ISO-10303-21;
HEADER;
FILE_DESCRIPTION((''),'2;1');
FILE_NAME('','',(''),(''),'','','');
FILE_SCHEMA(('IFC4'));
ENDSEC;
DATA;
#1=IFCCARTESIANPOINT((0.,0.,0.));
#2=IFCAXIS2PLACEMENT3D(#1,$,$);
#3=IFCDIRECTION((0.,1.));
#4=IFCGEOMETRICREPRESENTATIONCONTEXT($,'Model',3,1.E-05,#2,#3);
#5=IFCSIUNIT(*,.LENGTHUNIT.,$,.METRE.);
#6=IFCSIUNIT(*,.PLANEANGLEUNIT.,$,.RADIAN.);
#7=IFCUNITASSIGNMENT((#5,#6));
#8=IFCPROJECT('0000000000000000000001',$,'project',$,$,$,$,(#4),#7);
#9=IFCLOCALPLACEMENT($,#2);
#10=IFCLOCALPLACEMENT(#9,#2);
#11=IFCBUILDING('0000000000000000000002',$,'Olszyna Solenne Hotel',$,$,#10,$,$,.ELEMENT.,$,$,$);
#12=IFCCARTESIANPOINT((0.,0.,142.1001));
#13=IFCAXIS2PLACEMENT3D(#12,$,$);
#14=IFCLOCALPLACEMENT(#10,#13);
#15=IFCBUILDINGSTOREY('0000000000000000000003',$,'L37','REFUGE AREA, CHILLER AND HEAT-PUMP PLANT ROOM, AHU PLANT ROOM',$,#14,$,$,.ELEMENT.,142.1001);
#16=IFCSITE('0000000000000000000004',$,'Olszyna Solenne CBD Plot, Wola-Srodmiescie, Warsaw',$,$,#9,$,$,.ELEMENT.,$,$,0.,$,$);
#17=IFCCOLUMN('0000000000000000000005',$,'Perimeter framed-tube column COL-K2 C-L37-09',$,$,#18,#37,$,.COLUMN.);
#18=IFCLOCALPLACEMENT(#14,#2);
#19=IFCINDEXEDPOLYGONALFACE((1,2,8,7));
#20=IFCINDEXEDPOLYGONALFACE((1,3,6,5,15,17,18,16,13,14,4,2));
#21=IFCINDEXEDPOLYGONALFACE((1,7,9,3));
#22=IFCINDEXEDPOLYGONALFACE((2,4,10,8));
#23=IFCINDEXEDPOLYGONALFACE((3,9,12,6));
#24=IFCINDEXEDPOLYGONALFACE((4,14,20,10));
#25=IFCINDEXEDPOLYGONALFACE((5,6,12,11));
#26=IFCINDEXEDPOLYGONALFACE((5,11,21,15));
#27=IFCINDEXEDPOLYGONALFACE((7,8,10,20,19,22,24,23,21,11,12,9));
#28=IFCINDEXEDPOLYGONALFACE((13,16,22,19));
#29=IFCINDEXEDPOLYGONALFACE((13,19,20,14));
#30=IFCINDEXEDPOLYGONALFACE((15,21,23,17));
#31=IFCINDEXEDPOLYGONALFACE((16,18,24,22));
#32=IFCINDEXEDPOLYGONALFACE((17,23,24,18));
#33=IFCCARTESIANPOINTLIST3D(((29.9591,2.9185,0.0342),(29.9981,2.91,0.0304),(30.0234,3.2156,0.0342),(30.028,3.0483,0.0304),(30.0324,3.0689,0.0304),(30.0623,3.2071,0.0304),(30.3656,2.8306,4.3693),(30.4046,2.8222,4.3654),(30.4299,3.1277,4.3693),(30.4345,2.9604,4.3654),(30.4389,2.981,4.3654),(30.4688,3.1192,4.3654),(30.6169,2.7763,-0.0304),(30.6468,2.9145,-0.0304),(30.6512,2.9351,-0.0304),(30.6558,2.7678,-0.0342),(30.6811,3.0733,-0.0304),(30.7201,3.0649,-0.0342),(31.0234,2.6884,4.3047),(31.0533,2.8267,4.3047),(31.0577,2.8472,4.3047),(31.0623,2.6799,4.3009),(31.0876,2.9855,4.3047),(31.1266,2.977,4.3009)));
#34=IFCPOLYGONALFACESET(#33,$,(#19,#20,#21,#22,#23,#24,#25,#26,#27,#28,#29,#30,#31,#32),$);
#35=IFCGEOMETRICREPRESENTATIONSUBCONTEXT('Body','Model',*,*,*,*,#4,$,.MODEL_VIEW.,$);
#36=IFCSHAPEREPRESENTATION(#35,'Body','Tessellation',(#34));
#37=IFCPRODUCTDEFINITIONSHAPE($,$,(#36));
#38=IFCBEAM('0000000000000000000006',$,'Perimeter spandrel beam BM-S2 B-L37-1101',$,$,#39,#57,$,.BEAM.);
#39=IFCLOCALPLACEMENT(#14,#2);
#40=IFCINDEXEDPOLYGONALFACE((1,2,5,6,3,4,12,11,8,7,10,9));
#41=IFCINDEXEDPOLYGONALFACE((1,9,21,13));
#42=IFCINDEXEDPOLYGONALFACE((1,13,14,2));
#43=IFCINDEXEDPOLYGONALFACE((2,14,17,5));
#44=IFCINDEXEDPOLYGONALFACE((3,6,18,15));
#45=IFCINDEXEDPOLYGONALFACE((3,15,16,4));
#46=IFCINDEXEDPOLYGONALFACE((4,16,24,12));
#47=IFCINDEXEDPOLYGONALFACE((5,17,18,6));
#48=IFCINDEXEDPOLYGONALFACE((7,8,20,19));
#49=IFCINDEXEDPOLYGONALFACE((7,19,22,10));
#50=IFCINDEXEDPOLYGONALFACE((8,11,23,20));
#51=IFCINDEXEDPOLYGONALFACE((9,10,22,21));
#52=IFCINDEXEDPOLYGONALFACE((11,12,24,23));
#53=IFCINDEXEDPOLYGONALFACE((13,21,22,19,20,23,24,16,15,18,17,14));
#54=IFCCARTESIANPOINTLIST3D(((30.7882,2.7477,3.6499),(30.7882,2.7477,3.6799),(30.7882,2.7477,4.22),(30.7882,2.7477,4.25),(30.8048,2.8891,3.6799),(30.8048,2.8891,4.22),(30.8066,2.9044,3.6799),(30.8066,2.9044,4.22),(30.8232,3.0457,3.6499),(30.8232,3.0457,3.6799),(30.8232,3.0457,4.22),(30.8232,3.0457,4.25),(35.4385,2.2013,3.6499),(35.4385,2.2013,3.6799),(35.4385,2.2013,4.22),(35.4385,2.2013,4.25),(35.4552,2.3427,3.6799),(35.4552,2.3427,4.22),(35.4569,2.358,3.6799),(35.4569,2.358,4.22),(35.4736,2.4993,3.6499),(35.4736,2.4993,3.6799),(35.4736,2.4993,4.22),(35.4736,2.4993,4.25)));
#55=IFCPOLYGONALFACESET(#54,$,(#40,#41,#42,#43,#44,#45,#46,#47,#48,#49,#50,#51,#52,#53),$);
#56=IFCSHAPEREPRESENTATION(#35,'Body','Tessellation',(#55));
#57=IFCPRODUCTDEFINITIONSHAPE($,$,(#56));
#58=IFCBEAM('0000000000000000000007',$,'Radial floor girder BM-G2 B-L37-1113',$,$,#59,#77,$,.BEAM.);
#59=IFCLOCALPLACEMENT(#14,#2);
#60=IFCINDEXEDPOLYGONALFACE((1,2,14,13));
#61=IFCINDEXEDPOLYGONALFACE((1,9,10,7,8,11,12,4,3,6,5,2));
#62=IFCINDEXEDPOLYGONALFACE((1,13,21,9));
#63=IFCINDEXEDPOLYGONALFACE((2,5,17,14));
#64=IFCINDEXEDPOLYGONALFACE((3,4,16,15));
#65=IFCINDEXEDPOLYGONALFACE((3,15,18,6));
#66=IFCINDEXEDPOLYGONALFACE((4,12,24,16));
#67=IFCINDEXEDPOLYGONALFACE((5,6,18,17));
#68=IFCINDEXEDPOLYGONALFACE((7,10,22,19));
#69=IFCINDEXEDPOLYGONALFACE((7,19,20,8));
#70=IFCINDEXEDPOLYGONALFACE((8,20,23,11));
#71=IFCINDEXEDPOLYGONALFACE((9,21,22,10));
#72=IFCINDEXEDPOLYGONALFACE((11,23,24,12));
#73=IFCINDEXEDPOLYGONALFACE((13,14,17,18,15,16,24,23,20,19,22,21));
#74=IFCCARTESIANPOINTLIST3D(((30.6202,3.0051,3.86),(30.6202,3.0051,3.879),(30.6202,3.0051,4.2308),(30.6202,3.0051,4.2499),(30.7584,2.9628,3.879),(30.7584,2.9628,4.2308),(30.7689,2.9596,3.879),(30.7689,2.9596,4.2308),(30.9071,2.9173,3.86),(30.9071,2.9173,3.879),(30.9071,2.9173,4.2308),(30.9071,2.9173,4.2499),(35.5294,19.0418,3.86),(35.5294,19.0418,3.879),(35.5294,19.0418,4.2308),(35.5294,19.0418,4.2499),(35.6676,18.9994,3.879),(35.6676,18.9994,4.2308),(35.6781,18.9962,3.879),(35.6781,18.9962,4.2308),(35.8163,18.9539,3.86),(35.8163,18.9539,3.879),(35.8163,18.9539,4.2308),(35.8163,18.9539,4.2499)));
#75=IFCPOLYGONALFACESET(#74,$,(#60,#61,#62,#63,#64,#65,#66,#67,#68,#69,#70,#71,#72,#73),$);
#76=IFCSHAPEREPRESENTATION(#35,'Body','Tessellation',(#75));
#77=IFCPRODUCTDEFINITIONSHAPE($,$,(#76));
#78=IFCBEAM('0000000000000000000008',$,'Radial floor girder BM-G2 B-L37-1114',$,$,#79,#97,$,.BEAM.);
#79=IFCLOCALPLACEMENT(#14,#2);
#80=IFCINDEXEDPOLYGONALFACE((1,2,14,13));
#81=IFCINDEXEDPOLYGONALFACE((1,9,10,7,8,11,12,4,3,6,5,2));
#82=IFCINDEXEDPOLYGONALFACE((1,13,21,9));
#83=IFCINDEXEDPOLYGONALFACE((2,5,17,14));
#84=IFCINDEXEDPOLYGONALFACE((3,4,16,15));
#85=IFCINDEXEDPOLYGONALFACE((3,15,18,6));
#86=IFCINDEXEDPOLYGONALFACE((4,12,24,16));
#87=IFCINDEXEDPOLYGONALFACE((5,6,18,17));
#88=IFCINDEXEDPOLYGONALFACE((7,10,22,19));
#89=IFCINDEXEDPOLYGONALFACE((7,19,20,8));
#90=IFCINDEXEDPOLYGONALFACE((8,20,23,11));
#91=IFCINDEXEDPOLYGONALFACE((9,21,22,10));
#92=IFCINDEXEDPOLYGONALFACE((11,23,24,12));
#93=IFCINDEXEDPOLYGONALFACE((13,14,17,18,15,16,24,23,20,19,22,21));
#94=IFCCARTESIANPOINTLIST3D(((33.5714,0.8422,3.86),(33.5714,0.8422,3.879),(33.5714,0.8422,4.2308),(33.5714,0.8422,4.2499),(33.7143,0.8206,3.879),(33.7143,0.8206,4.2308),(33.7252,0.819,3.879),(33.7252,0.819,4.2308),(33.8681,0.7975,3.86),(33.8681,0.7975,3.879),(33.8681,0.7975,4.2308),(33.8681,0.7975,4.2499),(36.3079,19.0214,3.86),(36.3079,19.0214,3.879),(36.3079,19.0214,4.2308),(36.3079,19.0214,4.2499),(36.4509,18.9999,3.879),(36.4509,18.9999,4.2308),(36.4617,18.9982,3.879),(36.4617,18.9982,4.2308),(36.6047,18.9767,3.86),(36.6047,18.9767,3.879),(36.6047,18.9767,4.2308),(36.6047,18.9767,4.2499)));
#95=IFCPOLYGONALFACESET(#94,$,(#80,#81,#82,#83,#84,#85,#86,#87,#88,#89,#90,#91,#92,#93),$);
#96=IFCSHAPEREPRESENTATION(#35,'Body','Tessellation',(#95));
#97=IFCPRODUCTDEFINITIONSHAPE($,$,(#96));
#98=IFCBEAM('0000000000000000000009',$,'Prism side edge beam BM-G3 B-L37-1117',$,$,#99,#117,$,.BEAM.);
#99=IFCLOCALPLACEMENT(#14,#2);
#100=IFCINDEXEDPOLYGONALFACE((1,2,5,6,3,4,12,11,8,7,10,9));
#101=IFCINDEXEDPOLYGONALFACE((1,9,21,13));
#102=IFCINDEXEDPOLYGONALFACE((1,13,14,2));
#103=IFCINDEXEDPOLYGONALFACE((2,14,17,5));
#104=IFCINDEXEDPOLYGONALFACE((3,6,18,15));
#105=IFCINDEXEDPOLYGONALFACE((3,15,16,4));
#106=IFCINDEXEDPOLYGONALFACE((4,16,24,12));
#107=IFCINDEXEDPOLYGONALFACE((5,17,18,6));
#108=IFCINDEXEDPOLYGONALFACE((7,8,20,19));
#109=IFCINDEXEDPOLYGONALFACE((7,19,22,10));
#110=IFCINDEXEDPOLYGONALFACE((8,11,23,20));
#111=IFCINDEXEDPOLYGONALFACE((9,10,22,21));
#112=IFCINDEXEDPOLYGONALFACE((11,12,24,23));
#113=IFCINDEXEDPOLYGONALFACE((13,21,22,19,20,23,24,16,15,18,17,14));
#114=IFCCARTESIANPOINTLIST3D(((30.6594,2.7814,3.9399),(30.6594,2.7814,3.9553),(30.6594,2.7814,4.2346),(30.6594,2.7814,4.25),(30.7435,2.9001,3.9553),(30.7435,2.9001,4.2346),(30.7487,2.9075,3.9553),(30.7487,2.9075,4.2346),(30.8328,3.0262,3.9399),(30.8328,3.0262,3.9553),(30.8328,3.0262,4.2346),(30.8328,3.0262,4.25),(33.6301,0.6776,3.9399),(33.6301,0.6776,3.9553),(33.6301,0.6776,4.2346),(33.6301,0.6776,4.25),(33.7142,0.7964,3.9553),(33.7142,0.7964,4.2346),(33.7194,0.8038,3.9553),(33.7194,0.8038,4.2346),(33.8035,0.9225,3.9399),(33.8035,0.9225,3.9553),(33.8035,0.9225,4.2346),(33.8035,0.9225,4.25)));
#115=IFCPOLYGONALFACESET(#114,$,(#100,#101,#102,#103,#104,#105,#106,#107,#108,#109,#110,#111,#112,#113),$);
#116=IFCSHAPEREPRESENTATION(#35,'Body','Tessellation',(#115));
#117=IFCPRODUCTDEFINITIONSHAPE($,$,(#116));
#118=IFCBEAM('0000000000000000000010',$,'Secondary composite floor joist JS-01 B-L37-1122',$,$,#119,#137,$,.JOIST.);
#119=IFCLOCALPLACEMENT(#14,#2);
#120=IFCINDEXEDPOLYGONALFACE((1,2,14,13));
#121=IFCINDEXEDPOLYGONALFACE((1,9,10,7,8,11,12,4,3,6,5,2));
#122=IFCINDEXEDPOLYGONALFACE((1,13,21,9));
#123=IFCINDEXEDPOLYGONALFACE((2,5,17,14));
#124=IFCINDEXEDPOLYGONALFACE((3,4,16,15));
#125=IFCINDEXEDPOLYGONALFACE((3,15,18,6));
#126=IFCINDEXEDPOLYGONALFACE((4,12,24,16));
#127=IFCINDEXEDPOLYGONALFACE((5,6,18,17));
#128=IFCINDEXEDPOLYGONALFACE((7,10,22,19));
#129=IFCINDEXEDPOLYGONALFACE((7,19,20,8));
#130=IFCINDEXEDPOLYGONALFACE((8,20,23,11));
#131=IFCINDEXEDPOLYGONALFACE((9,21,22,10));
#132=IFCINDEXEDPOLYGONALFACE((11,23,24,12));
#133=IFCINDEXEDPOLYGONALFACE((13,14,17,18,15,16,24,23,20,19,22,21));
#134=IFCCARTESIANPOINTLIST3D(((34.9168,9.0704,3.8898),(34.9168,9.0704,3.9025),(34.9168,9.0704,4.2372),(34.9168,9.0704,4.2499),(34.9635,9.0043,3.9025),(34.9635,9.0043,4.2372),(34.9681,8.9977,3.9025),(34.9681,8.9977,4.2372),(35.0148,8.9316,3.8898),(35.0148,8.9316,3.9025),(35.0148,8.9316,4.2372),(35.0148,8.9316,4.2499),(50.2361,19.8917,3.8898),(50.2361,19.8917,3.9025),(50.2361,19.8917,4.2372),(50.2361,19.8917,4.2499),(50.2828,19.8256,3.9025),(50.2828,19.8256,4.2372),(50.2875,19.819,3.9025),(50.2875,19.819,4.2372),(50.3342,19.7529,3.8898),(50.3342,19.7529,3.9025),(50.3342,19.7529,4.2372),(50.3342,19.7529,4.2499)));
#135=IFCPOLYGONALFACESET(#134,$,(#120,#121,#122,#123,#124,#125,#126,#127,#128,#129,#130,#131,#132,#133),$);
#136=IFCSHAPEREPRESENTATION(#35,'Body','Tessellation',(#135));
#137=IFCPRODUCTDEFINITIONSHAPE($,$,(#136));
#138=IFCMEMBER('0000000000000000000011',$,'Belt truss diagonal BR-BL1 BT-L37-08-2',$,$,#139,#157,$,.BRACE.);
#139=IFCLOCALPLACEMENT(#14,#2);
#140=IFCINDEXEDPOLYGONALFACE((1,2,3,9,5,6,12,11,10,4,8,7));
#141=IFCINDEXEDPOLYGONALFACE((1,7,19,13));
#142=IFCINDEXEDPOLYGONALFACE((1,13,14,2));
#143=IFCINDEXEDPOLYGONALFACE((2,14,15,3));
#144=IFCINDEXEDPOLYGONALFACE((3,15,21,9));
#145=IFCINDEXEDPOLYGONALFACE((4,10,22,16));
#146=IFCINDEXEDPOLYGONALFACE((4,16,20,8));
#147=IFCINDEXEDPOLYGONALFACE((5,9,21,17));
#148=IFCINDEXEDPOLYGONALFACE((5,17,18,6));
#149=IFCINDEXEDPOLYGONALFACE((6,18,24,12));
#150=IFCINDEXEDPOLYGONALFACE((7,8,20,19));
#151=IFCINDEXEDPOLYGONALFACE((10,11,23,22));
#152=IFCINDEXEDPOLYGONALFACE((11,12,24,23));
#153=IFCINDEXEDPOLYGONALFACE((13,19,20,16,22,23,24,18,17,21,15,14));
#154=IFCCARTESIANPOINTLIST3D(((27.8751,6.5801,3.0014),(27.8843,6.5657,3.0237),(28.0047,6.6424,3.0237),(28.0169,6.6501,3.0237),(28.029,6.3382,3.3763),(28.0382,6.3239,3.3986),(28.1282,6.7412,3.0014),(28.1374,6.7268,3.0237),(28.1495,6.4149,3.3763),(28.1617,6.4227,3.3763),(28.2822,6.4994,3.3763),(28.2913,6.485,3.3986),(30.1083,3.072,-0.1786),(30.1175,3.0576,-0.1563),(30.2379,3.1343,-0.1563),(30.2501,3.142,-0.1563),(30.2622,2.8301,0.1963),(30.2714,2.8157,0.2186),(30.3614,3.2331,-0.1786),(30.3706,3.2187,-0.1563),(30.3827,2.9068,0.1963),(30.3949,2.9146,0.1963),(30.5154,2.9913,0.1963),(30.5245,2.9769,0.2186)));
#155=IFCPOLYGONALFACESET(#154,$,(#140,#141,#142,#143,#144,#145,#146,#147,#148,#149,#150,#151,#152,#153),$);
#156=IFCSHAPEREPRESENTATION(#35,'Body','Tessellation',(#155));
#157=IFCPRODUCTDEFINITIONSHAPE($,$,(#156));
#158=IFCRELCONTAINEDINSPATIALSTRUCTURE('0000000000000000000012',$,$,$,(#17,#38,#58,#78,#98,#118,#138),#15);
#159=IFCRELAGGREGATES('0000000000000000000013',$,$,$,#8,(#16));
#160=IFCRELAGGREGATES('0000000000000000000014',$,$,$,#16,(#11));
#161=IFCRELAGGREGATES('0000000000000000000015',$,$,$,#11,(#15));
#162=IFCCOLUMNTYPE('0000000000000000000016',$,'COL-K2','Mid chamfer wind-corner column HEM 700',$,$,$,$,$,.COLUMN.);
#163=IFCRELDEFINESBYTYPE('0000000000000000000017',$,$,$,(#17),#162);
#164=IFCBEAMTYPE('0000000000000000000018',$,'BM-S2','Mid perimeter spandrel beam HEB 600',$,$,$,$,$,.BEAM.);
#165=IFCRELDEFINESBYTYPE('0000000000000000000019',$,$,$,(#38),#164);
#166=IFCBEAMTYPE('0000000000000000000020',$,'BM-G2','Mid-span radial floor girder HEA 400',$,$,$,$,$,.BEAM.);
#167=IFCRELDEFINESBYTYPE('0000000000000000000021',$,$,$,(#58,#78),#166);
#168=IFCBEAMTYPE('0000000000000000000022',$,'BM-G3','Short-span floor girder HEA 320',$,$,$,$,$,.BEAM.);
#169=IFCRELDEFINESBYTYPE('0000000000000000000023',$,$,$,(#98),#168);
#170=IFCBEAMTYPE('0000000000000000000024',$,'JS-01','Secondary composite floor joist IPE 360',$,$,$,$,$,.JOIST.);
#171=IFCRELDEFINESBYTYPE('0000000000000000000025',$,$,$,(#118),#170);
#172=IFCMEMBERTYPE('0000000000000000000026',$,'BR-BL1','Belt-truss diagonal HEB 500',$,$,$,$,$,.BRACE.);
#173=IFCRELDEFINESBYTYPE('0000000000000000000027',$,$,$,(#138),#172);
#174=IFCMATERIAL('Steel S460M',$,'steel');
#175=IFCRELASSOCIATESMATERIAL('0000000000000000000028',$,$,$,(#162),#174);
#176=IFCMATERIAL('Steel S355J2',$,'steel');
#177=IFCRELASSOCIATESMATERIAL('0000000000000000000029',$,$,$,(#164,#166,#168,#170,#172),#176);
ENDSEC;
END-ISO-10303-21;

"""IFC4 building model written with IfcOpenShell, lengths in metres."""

from ifc_helpers import new_model, si_unit, direction, frame, origin, origin_2d, place, context, subcontext, project, spatial, i_section, extrude, source, transform, mapped, material, material_profile, profile_set, type_object, element, save


model = new_model("IFC4")

# Units and contexts
model_context = context("Model", 3, precision=1e-05, world=origin(), true_north=direction((0.0, 1.0)))
body_context = subcontext(model_context, "Body", "Model", "MODEL_VIEW")
ifc_project = project(units=[si_unit("LENGTHUNIT", "METRE"), si_unit("PLANEANGLEUNIT", "RADIAN")], contexts=[model_context])

# Site, building, storey
site_placement = place(None, origin())
site = spatial("IfcSite", under=ifc_project, at=site_placement, Name="Olszyna Solenne CBD Plot, Wola-Srodmiescie, Warsaw", CompositionType="ELEMENT", RefElevation=0.0)
building_placement = place(site_placement, origin())
building = spatial("IfcBuilding", under=site, at=building_placement, Name="Olszyna Solenne Hotel", CompositionType="ELEMENT")
storey_placement = place(building_placement, frame((0.0, 0.0, 142.1001)))
storey = spatial("IfcBuildingStorey", under=building, at=storey_placement, Name="L37", Description="REFUGE AREA, CHILLER AND HEAT-PUMP PLANT ROOM, AHU PLANT ROOM", CompositionType="ELEMENT", Elevation=142.1001)

# Column
ifc_material_1 = material(Name="Steel S460M", Category="steel")
ifc_material_profile_1 = material_profile(ifc_material_1, i_section(OverallWidth=0.304, OverallDepth=0.7161, WebThickness=0.021, FlangeThickness=0.04, at=origin_2d()), Name="HEM 700", Category="load-bearing")
ifc_profile_set_1 = profile_set([ifc_material_profile_1], Name="Steel S460M")
column_type = type_object("IfcColumnType", Name="COL-K2", Description="Mid chamfer wind-corner column HEM 700", PredefinedType="COLUMN", material=ifc_profile_set_1)
shared_shape_1 = source(origin(), body_context, "Body", "SweptSolid", [
    extrude(i_section(OverallWidth=0.304, OverallDepth=0.7161, WebThickness=0.021, FlangeThickness=0.04, at=origin_2d()), origin(), (0.0, 0.0, 1.0), 4.355),
])
column_placement = place(storey_placement, frame((30.3396, 2.9917, 0.0), z_axis=(0.093343, -0.020182, 0.995429), x_axis=(0.211333, 0.977414, 0.0)))
element("IfcColumn", 1, at=column_placement, inside=storey, type_object=column_type, Name="Perimeter framed-tube column COL-K2 C-L37-09", PredefinedType="COLUMN", context=body_context, shape_type="MappedRepresentation", body=[
    mapped(shared_shape_1, transform((0.0, 0.0, 0.0), x_axis=(1.0, 0.0, 0.0), y_axis=(0.0, 1.0, 0.0), z_axis=(0.0, 0.0, 1.0), scale=1.0)),
])

# Beams
ifc_material_2 = material(Name="Steel S355J2", Category="steel")
ifc_material_profile_2 = material_profile(ifc_material_2, i_section(OverallWidth=0.3, OverallDepth=0.6001, WebThickness=0.0154, FlangeThickness=0.03, at=origin_2d()), Name="HEB 600", Category="load-bearing")
ifc_profile_set_2 = profile_set([ifc_material_profile_2], Name="Steel S355J2")
beam_type_1 = type_object("IfcBeamType", Name="BM-S2", Description="Mid perimeter spandrel beam HEB 600", PredefinedType="BEAM", material=ifc_profile_set_2)
shared_shape_2 = source(origin(), body_context, "Body", "SweptSolid", [
    extrude(i_section(OverallWidth=0.3, OverallDepth=0.6001, WebThickness=0.0154, FlangeThickness=0.03, at=origin_2d()), origin(), (0.0, 0.0, 1.0), 4.6824),
])
beam_1_placement = place(storey_placement, frame((30.8057, 2.8967, 3.95), z_axis=(0.993168, -0.11669, 0.0), x_axis=(0.11669, 0.993168, 0.0)))
element("IfcBeam", 2, at=beam_1_placement, inside=storey, type_object=beam_type_1, Name="Perimeter spandrel beam BM-S2 B-L37-1101", PredefinedType="BEAM", context=body_context, shape_type="MappedRepresentation", body=[
    mapped(shared_shape_2, transform((0.0, 0.0, 0.0), x_axis=(1.0, 0.0, 0.0), y_axis=(0.0, 1.0, 0.0), z_axis=(0.0, 0.0, 1.0), scale=1.0)),
])
ifc_material_profile_3 = material_profile(ifc_material_2, i_section(OverallWidth=0.3, OverallDepth=0.3899, WebThickness=0.011, FlangeThickness=0.019, at=origin_2d()), Name="HEA 400", Category="load-bearing")
ifc_profile_set_3 = profile_set([ifc_material_profile_3], Name="Steel S355J2")
beam_type_2 = type_object("IfcBeamType", Name="BM-G2", Description="Mid-span radial floor girder HEA 400", PredefinedType="BEAM", material=ifc_profile_set_3)
shared_shape_3 = source(origin(), body_context, "Body", "SweptSolid", [
    extrude(i_section(OverallWidth=0.3, OverallDepth=0.3899, WebThickness=0.011, FlangeThickness=0.019, at=origin_2d()), origin(), (0.0, 0.0, 1.0), 16.7712),
])
beam_2_placement = place(storey_placement, frame((30.7637, 2.9612, 4.0549), z_axis=(0.292715, 0.9562, 0.0), x_axis=(-0.9562, 0.292715, 0.0)))
element("IfcBeam", 3, at=beam_2_placement, inside=storey, type_object=beam_type_2, Name="Radial floor girder BM-G2 B-L37-1113", PredefinedType="BEAM", context=body_context, shape_type="MappedRepresentation", body=[
    mapped(shared_shape_3, transform((0.0, 0.0, 0.0), x_axis=(1.0, 0.0, 0.0), y_axis=(0.0, 1.0, 0.0), z_axis=(0.0, 0.0, 1.0), scale=1.0)),
])
shared_shape_4 = source(origin(), body_context, "Body", "SweptSolid", [
    extrude(i_section(OverallWidth=0.3, OverallDepth=0.3899, WebThickness=0.011, FlangeThickness=0.019, at=origin_2d()), origin(), (0.0, 0.0, 1.0), 18.384),
])
beam_3_placement = place(storey_placement, frame((33.7197, 0.8198, 4.0549), z_axis=(0.148856, 0.988859, 0.0), x_axis=(-0.988859, 0.148856, 0.0)))
element("IfcBeam", 4, at=beam_3_placement, inside=storey, type_object=beam_type_2, Name="Radial floor girder BM-G2 B-L37-1114", PredefinedType="BEAM", context=body_context, shape_type="MappedRepresentation", body=[
    mapped(shared_shape_4, transform((0.0, 0.0, 0.0), x_axis=(1.0, 0.0, 0.0), y_axis=(0.0, 1.0, 0.0), z_axis=(0.0, 0.0, 1.0), scale=1.0)),
])
ifc_material_profile_4 = material_profile(ifc_material_2, i_section(OverallWidth=0.3, OverallDepth=0.3101, WebThickness=0.009, FlangeThickness=0.0154, at=origin_2d()), Name="HEA 320", Category="load-bearing")
ifc_profile_set_4 = profile_set([ifc_material_profile_4], Name="Steel S355J2")
beam_type_3 = type_object("IfcBeamType", Name="BM-G3", Description="Short-span floor girder HEA 320", PredefinedType="BEAM", material=ifc_profile_set_4)
shared_shape_5 = source(origin(), body_context, "Body", "SweptSolid", [
    extrude(i_section(OverallWidth=0.3, OverallDepth=0.3101, WebThickness=0.009, FlangeThickness=0.0154, at=origin_2d()), origin(), (0.0, 0.0, 1.0), 3.6401),
])
beam_4_placement = place(storey_placement, frame((30.7461, 2.9038, 4.095), z_axis=(0.816088, -0.577928, 0.0), x_axis=(0.577928, 0.816088, 0.0)))
element("IfcBeam", 5, at=beam_4_placement, inside=storey, type_object=beam_type_3, Name="Prism side edge beam BM-G3 B-L37-1117", PredefinedType="BEAM", context=body_context, shape_type="MappedRepresentation", body=[
    mapped(shared_shape_5, transform((0.0, 0.0, 0.0), x_axis=(1.0, 0.0, 0.0), y_axis=(0.0, 1.0, 0.0), z_axis=(0.0, 0.0, 1.0), scale=1.0)),
])
ifc_material_profile_5 = material_profile(ifc_material_2, i_section(OverallWidth=0.1699, OverallDepth=0.3601, WebThickness=0.0081, FlangeThickness=0.0127, at=origin_2d()), Name="IPE 360", Category="load-bearing")
ifc_profile_set_5 = profile_set([ifc_material_profile_5], Name="Steel S355J2")
beam_type_4 = type_object("IfcBeamType", Name="JS-01", Description="Secondary composite floor joist IPE 360", PredefinedType="JOIST", material=ifc_profile_set_5)
shared_shape_6 = source(origin(), body_context, "Body", "SweptSolid", [
    extrude(i_section(OverallWidth=0.1699, OverallDepth=0.3601, WebThickness=0.0081, FlangeThickness=0.0127, at=origin_2d()), origin(), (0.0, 0.0, 1.0), 18.7559),
])
beam_5_placement = place(storey_placement, frame((34.9658, 9.001, 4.0698), z_axis=(0.816776, 0.576955, 0.0), x_axis=(-0.576955, 0.816776, 0.0)))
element("IfcBeam", 6, at=beam_5_placement, inside=storey, type_object=beam_type_4, Name="Secondary composite floor joist JS-01 B-L37-1122", PredefinedType="JOIST", context=body_context, shape_type="MappedRepresentation", body=[
    mapped(shared_shape_6, transform((0.0, 0.0, 0.0), x_axis=(1.0, 0.0, 0.0), y_axis=(0.0, 1.0, 0.0), z_axis=(0.0, 0.0, 1.0), scale=1.0)),
])

# Member
ifc_material_profile_6 = material_profile(ifc_material_2, i_section(OverallWidth=0.3, OverallDepth=0.5, WebThickness=0.0144, FlangeThickness=0.0281, at=origin_2d()), Name="HEB 500", Category="load-bearing")
ifc_profile_set_6 = profile_set([ifc_material_profile_6], Name="Steel S355J2")
member_type_1 = type_object("IfcMemberType", Name="BR-BL1", Description="Belt-truss diagonal HEB 500", PredefinedType="BRACE", material=ifc_profile_set_6)
shared_shape_7 = source(origin(), body_context, "Body", "SweptSolid", [
    extrude(i_section(OverallWidth=0.3, OverallDepth=0.5, WebThickness=0.0144, FlangeThickness=0.0281, at=origin_2d()), origin(), (0.0, 0.0, 1.0), 5.2351),
])
member_1_placement = place(storey_placement, frame((30.3164, 3.0244, 0.02), z_axis=(-0.42658, 0.670114, 0.607435), x_axis=(-0.843579, -0.537005, 0.0)))
element("IfcMember", 7, at=member_1_placement, inside=storey, type_object=member_type_1, Name="Belt truss diagonal BR-BL1 BT-L37-08-2", PredefinedType="BRACE", context=body_context, shape_type="MappedRepresentation", body=[
    mapped(shared_shape_7, transform((0.0, 0.0, 0.0), x_axis=(1.0, 0.0, 0.0), y_axis=(0.0, 1.0, 0.0), z_axis=(0.0, 0.0, 1.0), scale=1.0)),
])

save(model, "model.ifc")
